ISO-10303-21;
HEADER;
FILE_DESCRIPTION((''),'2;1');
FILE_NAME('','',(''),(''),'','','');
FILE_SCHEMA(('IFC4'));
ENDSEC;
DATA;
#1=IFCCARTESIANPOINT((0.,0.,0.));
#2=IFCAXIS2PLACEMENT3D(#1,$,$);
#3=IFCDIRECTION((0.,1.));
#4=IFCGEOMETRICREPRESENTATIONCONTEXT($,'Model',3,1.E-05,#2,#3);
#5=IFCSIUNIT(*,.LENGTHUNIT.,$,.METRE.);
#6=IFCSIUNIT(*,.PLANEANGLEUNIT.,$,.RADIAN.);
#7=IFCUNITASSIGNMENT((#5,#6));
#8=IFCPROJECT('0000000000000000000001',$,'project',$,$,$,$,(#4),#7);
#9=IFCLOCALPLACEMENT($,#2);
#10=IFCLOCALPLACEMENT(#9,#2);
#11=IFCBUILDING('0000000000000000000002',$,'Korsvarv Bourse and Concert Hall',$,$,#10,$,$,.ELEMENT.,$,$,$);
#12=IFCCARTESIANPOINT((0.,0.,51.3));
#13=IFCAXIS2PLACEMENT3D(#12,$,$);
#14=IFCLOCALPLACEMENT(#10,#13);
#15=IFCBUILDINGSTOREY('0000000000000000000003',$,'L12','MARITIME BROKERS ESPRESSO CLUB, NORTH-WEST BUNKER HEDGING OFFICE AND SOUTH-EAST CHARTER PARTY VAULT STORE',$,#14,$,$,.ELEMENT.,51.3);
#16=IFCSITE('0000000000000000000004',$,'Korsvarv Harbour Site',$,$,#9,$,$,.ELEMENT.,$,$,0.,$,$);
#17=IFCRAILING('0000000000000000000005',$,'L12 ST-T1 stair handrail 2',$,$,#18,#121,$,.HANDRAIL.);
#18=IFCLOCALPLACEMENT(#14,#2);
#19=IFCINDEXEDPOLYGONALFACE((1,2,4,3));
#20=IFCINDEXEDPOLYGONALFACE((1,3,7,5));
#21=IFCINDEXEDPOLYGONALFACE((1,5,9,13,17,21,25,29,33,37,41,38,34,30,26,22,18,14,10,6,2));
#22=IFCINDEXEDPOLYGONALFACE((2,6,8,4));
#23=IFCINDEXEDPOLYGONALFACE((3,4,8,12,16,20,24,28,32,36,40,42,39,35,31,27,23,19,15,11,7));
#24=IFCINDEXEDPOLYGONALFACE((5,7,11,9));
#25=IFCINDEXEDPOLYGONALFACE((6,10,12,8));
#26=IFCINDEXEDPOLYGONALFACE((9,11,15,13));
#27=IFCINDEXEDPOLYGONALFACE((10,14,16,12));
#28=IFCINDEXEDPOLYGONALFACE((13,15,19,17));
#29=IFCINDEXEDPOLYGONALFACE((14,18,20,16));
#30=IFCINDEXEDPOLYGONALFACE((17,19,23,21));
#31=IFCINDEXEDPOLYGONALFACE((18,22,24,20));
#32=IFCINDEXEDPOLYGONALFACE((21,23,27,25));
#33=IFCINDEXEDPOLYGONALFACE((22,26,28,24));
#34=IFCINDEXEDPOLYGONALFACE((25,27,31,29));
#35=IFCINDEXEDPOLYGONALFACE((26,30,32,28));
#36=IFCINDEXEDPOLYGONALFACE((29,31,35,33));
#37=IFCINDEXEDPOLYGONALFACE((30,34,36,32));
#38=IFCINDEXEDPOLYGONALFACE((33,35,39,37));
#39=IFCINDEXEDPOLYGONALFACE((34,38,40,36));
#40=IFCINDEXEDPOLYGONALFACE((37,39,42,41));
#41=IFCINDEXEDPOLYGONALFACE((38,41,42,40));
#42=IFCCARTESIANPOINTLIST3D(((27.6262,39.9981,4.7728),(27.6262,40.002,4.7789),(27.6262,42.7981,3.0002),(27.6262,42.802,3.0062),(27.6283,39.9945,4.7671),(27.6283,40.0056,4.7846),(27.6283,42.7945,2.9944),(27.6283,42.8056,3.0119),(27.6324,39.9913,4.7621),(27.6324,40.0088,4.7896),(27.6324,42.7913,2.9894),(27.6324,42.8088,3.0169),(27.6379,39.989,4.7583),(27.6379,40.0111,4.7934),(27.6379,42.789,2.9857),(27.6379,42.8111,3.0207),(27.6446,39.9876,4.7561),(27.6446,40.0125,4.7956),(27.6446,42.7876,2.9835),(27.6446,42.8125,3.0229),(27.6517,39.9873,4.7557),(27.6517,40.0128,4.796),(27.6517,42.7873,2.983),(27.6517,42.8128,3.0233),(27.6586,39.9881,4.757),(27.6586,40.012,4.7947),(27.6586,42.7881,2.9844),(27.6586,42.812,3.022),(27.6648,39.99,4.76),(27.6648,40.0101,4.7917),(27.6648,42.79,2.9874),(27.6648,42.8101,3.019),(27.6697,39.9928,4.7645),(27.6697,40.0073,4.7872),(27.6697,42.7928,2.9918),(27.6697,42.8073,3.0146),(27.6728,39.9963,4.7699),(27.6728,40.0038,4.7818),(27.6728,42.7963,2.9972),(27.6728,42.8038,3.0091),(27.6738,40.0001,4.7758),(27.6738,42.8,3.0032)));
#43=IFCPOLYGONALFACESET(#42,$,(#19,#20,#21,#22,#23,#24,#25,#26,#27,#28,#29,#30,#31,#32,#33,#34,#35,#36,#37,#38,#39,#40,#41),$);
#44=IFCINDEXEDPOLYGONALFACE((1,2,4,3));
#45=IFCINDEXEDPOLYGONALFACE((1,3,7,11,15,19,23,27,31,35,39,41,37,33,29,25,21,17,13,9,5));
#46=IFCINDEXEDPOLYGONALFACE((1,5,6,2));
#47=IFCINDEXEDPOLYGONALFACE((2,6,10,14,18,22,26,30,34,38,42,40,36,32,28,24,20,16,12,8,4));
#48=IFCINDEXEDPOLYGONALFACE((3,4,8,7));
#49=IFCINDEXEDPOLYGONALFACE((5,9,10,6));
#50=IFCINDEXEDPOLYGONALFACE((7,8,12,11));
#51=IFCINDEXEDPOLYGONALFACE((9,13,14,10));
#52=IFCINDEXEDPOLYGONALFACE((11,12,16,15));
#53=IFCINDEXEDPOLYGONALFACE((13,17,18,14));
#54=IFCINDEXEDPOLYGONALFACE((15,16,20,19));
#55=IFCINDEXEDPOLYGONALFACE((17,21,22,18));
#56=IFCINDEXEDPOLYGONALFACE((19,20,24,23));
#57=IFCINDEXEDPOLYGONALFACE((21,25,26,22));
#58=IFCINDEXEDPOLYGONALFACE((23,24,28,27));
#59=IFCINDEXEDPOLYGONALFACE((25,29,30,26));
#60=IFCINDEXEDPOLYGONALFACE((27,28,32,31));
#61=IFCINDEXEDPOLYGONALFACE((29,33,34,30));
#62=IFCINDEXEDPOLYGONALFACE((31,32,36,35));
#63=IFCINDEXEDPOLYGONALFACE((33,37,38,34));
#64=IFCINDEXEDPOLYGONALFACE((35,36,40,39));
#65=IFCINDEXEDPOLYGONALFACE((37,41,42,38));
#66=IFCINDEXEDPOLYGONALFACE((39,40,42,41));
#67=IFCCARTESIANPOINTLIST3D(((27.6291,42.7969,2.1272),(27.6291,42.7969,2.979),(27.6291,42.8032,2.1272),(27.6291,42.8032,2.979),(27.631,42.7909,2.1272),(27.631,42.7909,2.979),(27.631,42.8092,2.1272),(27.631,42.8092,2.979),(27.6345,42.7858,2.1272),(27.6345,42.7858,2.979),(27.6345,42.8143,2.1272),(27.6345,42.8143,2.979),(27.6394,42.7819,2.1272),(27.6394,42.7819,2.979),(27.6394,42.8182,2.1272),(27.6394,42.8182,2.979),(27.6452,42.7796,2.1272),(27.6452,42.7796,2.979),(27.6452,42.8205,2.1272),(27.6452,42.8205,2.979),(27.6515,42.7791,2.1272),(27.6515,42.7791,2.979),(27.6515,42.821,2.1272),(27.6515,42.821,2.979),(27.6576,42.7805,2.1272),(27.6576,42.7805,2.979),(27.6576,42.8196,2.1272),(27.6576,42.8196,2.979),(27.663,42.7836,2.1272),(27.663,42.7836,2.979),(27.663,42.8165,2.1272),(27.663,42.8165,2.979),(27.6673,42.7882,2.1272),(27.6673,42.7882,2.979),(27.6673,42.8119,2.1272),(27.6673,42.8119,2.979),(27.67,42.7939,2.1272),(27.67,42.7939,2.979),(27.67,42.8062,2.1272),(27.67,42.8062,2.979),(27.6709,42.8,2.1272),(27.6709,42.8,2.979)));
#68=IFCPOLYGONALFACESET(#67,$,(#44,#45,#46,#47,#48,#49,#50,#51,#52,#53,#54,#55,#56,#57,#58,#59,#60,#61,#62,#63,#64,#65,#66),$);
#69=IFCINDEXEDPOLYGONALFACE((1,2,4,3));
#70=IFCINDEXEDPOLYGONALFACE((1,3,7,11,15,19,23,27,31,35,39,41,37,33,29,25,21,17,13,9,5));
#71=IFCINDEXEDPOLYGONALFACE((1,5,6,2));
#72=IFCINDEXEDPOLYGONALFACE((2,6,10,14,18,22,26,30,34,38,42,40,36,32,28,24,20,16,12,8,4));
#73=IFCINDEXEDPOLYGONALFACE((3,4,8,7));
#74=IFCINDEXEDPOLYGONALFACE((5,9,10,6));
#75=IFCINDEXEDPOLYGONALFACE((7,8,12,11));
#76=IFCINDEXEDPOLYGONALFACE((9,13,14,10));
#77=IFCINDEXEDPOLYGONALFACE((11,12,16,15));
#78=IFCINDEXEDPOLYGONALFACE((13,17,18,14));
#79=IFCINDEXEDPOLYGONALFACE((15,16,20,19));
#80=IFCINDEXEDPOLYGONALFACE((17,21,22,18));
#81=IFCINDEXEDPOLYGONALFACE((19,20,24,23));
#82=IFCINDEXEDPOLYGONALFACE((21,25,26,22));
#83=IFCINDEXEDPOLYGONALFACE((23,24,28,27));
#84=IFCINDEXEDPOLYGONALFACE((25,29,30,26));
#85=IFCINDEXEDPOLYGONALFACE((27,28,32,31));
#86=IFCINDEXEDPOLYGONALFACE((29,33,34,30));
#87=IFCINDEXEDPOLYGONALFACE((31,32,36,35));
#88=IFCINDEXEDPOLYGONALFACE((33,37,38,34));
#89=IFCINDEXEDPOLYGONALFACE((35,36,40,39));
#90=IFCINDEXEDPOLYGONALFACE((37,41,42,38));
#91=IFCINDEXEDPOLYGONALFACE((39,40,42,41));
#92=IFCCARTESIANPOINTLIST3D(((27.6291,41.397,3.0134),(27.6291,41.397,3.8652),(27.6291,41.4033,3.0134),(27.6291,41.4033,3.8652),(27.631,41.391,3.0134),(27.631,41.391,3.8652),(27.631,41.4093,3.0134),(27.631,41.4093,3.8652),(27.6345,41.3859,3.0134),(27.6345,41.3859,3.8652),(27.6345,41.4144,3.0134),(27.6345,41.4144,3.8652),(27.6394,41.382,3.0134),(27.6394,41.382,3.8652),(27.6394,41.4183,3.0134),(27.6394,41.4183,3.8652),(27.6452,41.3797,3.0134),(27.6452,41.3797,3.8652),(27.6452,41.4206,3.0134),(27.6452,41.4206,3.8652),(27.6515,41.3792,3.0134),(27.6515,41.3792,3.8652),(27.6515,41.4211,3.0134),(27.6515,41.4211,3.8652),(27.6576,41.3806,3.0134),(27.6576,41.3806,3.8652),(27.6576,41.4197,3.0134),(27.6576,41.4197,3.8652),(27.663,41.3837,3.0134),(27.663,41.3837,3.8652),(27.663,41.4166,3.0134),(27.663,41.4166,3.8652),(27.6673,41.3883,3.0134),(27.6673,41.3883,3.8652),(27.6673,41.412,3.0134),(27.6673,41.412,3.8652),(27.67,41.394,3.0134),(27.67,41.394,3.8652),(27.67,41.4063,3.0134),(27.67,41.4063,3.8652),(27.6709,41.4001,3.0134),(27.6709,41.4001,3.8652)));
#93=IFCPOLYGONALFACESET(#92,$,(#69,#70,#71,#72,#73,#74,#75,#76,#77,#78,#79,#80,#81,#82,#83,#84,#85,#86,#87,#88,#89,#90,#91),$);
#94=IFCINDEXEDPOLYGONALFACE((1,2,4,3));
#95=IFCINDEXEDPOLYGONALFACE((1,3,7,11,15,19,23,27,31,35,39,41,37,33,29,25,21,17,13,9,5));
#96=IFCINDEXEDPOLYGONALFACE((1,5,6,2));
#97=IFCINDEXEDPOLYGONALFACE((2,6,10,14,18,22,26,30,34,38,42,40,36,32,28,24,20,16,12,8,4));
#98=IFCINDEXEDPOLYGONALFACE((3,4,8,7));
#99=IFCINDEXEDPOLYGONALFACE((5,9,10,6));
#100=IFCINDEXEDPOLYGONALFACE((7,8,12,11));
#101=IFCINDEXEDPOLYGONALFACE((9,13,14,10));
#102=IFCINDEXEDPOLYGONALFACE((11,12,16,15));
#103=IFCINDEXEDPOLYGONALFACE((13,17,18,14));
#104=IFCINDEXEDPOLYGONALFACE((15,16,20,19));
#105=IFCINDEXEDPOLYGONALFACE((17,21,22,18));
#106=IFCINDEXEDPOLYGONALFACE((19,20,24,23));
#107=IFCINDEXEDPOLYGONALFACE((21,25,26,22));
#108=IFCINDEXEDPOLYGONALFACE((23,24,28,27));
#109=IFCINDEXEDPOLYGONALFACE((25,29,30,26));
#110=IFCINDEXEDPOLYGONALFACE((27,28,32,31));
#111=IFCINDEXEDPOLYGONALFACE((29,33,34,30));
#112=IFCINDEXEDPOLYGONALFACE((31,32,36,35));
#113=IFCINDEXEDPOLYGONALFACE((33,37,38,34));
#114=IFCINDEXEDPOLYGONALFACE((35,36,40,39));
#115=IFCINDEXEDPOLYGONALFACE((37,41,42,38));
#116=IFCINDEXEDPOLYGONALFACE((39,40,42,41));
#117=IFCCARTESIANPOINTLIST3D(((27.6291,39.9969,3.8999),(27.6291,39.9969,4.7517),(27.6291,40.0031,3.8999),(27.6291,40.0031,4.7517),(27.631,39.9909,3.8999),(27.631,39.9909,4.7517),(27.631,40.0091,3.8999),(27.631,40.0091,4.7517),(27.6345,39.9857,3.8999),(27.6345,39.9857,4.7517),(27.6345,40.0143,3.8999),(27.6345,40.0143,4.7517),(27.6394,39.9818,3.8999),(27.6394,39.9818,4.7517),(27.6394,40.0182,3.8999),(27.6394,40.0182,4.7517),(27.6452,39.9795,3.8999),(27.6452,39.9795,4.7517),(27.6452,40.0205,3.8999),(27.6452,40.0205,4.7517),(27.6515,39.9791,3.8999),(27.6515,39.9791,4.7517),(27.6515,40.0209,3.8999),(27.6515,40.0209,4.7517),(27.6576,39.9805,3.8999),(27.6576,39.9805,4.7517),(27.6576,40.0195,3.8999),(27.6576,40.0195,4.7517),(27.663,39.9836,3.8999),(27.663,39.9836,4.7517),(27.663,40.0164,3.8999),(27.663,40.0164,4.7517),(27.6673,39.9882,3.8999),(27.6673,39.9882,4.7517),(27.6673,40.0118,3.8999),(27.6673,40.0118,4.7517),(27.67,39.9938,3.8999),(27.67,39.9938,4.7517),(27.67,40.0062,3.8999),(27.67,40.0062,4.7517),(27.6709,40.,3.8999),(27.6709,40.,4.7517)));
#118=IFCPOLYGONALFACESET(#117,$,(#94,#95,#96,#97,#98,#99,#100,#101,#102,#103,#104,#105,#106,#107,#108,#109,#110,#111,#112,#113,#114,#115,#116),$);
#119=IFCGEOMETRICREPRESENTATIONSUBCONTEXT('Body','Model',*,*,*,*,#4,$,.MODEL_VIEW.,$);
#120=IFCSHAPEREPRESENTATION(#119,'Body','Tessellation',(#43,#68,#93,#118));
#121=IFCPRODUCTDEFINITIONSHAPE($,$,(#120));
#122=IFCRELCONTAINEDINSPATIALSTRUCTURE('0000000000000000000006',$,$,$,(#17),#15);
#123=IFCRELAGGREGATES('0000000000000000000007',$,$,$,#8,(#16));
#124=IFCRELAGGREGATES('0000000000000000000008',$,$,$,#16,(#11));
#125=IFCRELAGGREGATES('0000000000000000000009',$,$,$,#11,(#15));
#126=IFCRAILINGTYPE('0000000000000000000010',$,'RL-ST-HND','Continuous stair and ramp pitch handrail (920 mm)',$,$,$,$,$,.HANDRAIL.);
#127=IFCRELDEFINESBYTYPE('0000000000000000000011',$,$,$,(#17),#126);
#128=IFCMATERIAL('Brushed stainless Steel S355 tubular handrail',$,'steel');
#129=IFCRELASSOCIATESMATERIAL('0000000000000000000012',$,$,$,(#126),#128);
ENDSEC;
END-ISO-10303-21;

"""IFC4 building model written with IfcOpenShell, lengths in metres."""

from ifc_helpers import new_model, si_unit, direction, frame, origin, origin_2d, place, context, subcontext, project, spatial, circle, extrude, material, type_object, element, save


model = new_model("IFC4")

# Units and contexts
model_context = context("Model", 3, precision=1e-05, world=origin(), true_north=direction((0.0, 1.0)))
body_context = subcontext(model_context, "Body", "Model", "MODEL_VIEW")
ifc_project = project(units=[si_unit("LENGTHUNIT", "METRE"), si_unit("PLANEANGLEUNIT", "RADIAN")], contexts=[model_context])

# Site, building, storey
site_placement = place(None, origin())
site = spatial("IfcSite", under=ifc_project, at=site_placement, Name="Korsvarv Harbour Site", CompositionType="ELEMENT", RefElevation=0.0)
building_placement = place(site_placement, origin())
building = spatial("IfcBuilding", under=site, at=building_placement, Name="Korsvarv Bourse and Concert Hall", CompositionType="ELEMENT")
storey_placement = place(building_placement, frame((0.0, 0.0, 51.3)))
storey = spatial("IfcBuildingStorey", under=building, at=storey_placement, Name="L12", Description="MARITIME BROKERS ESPRESSO CLUB, NORTH-WEST BUNKER HEDGING OFFICE AND SOUTH-EAST CHARTER PARTY VAULT STORE", CompositionType="ELEMENT", Elevation=51.3)

# Railing
ifc_material_1 = material(Name="Brushed stainless Steel S355 tubular handrail", Category="steel")
railing_type_1 = type_object("IfcRailingType", Name="RL-ST-HND", Description="Continuous stair and ramp pitch handrail (920 mm)", PredefinedType="HANDRAIL", material=ifc_material_1)
railing_1_placement = place(storey_placement, frame((27.6499, 42.8, 2.1272)))
element("IfcRailing", 1, at=railing_1_placement, inside=storey, type_object=railing_type_1, Name="L12 ST-T1 stair handrail 2", PredefinedType="HANDRAIL", context=body_context, shape_type="SweptSolid", body=[
    extrude(circle(Radius=0.0239, at=origin_2d()), frame((0.0, 0.0, 0.876), z_axis=(0.0, -0.844909, 0.53491), x_axis=(1.0, 0.0, 0.0)), (0.0, 0.0, 1.0), 3.314),
    extrude(circle(Radius=0.021, at=origin_2d()), origin(), (0.0, 0.0, 1.0), 0.8518),
    extrude(circle(Radius=0.021, at=origin_2d()), frame((0.0, -1.3999, 0.8862)), (0.0, 0.0, 1.0), 0.8518),
    extrude(circle(Radius=0.021, at=origin_2d()), frame((0.0, -2.8, 1.7727)), (0.0, 0.0, 1.0), 0.8518),
])

save(model, "model.ifc")
